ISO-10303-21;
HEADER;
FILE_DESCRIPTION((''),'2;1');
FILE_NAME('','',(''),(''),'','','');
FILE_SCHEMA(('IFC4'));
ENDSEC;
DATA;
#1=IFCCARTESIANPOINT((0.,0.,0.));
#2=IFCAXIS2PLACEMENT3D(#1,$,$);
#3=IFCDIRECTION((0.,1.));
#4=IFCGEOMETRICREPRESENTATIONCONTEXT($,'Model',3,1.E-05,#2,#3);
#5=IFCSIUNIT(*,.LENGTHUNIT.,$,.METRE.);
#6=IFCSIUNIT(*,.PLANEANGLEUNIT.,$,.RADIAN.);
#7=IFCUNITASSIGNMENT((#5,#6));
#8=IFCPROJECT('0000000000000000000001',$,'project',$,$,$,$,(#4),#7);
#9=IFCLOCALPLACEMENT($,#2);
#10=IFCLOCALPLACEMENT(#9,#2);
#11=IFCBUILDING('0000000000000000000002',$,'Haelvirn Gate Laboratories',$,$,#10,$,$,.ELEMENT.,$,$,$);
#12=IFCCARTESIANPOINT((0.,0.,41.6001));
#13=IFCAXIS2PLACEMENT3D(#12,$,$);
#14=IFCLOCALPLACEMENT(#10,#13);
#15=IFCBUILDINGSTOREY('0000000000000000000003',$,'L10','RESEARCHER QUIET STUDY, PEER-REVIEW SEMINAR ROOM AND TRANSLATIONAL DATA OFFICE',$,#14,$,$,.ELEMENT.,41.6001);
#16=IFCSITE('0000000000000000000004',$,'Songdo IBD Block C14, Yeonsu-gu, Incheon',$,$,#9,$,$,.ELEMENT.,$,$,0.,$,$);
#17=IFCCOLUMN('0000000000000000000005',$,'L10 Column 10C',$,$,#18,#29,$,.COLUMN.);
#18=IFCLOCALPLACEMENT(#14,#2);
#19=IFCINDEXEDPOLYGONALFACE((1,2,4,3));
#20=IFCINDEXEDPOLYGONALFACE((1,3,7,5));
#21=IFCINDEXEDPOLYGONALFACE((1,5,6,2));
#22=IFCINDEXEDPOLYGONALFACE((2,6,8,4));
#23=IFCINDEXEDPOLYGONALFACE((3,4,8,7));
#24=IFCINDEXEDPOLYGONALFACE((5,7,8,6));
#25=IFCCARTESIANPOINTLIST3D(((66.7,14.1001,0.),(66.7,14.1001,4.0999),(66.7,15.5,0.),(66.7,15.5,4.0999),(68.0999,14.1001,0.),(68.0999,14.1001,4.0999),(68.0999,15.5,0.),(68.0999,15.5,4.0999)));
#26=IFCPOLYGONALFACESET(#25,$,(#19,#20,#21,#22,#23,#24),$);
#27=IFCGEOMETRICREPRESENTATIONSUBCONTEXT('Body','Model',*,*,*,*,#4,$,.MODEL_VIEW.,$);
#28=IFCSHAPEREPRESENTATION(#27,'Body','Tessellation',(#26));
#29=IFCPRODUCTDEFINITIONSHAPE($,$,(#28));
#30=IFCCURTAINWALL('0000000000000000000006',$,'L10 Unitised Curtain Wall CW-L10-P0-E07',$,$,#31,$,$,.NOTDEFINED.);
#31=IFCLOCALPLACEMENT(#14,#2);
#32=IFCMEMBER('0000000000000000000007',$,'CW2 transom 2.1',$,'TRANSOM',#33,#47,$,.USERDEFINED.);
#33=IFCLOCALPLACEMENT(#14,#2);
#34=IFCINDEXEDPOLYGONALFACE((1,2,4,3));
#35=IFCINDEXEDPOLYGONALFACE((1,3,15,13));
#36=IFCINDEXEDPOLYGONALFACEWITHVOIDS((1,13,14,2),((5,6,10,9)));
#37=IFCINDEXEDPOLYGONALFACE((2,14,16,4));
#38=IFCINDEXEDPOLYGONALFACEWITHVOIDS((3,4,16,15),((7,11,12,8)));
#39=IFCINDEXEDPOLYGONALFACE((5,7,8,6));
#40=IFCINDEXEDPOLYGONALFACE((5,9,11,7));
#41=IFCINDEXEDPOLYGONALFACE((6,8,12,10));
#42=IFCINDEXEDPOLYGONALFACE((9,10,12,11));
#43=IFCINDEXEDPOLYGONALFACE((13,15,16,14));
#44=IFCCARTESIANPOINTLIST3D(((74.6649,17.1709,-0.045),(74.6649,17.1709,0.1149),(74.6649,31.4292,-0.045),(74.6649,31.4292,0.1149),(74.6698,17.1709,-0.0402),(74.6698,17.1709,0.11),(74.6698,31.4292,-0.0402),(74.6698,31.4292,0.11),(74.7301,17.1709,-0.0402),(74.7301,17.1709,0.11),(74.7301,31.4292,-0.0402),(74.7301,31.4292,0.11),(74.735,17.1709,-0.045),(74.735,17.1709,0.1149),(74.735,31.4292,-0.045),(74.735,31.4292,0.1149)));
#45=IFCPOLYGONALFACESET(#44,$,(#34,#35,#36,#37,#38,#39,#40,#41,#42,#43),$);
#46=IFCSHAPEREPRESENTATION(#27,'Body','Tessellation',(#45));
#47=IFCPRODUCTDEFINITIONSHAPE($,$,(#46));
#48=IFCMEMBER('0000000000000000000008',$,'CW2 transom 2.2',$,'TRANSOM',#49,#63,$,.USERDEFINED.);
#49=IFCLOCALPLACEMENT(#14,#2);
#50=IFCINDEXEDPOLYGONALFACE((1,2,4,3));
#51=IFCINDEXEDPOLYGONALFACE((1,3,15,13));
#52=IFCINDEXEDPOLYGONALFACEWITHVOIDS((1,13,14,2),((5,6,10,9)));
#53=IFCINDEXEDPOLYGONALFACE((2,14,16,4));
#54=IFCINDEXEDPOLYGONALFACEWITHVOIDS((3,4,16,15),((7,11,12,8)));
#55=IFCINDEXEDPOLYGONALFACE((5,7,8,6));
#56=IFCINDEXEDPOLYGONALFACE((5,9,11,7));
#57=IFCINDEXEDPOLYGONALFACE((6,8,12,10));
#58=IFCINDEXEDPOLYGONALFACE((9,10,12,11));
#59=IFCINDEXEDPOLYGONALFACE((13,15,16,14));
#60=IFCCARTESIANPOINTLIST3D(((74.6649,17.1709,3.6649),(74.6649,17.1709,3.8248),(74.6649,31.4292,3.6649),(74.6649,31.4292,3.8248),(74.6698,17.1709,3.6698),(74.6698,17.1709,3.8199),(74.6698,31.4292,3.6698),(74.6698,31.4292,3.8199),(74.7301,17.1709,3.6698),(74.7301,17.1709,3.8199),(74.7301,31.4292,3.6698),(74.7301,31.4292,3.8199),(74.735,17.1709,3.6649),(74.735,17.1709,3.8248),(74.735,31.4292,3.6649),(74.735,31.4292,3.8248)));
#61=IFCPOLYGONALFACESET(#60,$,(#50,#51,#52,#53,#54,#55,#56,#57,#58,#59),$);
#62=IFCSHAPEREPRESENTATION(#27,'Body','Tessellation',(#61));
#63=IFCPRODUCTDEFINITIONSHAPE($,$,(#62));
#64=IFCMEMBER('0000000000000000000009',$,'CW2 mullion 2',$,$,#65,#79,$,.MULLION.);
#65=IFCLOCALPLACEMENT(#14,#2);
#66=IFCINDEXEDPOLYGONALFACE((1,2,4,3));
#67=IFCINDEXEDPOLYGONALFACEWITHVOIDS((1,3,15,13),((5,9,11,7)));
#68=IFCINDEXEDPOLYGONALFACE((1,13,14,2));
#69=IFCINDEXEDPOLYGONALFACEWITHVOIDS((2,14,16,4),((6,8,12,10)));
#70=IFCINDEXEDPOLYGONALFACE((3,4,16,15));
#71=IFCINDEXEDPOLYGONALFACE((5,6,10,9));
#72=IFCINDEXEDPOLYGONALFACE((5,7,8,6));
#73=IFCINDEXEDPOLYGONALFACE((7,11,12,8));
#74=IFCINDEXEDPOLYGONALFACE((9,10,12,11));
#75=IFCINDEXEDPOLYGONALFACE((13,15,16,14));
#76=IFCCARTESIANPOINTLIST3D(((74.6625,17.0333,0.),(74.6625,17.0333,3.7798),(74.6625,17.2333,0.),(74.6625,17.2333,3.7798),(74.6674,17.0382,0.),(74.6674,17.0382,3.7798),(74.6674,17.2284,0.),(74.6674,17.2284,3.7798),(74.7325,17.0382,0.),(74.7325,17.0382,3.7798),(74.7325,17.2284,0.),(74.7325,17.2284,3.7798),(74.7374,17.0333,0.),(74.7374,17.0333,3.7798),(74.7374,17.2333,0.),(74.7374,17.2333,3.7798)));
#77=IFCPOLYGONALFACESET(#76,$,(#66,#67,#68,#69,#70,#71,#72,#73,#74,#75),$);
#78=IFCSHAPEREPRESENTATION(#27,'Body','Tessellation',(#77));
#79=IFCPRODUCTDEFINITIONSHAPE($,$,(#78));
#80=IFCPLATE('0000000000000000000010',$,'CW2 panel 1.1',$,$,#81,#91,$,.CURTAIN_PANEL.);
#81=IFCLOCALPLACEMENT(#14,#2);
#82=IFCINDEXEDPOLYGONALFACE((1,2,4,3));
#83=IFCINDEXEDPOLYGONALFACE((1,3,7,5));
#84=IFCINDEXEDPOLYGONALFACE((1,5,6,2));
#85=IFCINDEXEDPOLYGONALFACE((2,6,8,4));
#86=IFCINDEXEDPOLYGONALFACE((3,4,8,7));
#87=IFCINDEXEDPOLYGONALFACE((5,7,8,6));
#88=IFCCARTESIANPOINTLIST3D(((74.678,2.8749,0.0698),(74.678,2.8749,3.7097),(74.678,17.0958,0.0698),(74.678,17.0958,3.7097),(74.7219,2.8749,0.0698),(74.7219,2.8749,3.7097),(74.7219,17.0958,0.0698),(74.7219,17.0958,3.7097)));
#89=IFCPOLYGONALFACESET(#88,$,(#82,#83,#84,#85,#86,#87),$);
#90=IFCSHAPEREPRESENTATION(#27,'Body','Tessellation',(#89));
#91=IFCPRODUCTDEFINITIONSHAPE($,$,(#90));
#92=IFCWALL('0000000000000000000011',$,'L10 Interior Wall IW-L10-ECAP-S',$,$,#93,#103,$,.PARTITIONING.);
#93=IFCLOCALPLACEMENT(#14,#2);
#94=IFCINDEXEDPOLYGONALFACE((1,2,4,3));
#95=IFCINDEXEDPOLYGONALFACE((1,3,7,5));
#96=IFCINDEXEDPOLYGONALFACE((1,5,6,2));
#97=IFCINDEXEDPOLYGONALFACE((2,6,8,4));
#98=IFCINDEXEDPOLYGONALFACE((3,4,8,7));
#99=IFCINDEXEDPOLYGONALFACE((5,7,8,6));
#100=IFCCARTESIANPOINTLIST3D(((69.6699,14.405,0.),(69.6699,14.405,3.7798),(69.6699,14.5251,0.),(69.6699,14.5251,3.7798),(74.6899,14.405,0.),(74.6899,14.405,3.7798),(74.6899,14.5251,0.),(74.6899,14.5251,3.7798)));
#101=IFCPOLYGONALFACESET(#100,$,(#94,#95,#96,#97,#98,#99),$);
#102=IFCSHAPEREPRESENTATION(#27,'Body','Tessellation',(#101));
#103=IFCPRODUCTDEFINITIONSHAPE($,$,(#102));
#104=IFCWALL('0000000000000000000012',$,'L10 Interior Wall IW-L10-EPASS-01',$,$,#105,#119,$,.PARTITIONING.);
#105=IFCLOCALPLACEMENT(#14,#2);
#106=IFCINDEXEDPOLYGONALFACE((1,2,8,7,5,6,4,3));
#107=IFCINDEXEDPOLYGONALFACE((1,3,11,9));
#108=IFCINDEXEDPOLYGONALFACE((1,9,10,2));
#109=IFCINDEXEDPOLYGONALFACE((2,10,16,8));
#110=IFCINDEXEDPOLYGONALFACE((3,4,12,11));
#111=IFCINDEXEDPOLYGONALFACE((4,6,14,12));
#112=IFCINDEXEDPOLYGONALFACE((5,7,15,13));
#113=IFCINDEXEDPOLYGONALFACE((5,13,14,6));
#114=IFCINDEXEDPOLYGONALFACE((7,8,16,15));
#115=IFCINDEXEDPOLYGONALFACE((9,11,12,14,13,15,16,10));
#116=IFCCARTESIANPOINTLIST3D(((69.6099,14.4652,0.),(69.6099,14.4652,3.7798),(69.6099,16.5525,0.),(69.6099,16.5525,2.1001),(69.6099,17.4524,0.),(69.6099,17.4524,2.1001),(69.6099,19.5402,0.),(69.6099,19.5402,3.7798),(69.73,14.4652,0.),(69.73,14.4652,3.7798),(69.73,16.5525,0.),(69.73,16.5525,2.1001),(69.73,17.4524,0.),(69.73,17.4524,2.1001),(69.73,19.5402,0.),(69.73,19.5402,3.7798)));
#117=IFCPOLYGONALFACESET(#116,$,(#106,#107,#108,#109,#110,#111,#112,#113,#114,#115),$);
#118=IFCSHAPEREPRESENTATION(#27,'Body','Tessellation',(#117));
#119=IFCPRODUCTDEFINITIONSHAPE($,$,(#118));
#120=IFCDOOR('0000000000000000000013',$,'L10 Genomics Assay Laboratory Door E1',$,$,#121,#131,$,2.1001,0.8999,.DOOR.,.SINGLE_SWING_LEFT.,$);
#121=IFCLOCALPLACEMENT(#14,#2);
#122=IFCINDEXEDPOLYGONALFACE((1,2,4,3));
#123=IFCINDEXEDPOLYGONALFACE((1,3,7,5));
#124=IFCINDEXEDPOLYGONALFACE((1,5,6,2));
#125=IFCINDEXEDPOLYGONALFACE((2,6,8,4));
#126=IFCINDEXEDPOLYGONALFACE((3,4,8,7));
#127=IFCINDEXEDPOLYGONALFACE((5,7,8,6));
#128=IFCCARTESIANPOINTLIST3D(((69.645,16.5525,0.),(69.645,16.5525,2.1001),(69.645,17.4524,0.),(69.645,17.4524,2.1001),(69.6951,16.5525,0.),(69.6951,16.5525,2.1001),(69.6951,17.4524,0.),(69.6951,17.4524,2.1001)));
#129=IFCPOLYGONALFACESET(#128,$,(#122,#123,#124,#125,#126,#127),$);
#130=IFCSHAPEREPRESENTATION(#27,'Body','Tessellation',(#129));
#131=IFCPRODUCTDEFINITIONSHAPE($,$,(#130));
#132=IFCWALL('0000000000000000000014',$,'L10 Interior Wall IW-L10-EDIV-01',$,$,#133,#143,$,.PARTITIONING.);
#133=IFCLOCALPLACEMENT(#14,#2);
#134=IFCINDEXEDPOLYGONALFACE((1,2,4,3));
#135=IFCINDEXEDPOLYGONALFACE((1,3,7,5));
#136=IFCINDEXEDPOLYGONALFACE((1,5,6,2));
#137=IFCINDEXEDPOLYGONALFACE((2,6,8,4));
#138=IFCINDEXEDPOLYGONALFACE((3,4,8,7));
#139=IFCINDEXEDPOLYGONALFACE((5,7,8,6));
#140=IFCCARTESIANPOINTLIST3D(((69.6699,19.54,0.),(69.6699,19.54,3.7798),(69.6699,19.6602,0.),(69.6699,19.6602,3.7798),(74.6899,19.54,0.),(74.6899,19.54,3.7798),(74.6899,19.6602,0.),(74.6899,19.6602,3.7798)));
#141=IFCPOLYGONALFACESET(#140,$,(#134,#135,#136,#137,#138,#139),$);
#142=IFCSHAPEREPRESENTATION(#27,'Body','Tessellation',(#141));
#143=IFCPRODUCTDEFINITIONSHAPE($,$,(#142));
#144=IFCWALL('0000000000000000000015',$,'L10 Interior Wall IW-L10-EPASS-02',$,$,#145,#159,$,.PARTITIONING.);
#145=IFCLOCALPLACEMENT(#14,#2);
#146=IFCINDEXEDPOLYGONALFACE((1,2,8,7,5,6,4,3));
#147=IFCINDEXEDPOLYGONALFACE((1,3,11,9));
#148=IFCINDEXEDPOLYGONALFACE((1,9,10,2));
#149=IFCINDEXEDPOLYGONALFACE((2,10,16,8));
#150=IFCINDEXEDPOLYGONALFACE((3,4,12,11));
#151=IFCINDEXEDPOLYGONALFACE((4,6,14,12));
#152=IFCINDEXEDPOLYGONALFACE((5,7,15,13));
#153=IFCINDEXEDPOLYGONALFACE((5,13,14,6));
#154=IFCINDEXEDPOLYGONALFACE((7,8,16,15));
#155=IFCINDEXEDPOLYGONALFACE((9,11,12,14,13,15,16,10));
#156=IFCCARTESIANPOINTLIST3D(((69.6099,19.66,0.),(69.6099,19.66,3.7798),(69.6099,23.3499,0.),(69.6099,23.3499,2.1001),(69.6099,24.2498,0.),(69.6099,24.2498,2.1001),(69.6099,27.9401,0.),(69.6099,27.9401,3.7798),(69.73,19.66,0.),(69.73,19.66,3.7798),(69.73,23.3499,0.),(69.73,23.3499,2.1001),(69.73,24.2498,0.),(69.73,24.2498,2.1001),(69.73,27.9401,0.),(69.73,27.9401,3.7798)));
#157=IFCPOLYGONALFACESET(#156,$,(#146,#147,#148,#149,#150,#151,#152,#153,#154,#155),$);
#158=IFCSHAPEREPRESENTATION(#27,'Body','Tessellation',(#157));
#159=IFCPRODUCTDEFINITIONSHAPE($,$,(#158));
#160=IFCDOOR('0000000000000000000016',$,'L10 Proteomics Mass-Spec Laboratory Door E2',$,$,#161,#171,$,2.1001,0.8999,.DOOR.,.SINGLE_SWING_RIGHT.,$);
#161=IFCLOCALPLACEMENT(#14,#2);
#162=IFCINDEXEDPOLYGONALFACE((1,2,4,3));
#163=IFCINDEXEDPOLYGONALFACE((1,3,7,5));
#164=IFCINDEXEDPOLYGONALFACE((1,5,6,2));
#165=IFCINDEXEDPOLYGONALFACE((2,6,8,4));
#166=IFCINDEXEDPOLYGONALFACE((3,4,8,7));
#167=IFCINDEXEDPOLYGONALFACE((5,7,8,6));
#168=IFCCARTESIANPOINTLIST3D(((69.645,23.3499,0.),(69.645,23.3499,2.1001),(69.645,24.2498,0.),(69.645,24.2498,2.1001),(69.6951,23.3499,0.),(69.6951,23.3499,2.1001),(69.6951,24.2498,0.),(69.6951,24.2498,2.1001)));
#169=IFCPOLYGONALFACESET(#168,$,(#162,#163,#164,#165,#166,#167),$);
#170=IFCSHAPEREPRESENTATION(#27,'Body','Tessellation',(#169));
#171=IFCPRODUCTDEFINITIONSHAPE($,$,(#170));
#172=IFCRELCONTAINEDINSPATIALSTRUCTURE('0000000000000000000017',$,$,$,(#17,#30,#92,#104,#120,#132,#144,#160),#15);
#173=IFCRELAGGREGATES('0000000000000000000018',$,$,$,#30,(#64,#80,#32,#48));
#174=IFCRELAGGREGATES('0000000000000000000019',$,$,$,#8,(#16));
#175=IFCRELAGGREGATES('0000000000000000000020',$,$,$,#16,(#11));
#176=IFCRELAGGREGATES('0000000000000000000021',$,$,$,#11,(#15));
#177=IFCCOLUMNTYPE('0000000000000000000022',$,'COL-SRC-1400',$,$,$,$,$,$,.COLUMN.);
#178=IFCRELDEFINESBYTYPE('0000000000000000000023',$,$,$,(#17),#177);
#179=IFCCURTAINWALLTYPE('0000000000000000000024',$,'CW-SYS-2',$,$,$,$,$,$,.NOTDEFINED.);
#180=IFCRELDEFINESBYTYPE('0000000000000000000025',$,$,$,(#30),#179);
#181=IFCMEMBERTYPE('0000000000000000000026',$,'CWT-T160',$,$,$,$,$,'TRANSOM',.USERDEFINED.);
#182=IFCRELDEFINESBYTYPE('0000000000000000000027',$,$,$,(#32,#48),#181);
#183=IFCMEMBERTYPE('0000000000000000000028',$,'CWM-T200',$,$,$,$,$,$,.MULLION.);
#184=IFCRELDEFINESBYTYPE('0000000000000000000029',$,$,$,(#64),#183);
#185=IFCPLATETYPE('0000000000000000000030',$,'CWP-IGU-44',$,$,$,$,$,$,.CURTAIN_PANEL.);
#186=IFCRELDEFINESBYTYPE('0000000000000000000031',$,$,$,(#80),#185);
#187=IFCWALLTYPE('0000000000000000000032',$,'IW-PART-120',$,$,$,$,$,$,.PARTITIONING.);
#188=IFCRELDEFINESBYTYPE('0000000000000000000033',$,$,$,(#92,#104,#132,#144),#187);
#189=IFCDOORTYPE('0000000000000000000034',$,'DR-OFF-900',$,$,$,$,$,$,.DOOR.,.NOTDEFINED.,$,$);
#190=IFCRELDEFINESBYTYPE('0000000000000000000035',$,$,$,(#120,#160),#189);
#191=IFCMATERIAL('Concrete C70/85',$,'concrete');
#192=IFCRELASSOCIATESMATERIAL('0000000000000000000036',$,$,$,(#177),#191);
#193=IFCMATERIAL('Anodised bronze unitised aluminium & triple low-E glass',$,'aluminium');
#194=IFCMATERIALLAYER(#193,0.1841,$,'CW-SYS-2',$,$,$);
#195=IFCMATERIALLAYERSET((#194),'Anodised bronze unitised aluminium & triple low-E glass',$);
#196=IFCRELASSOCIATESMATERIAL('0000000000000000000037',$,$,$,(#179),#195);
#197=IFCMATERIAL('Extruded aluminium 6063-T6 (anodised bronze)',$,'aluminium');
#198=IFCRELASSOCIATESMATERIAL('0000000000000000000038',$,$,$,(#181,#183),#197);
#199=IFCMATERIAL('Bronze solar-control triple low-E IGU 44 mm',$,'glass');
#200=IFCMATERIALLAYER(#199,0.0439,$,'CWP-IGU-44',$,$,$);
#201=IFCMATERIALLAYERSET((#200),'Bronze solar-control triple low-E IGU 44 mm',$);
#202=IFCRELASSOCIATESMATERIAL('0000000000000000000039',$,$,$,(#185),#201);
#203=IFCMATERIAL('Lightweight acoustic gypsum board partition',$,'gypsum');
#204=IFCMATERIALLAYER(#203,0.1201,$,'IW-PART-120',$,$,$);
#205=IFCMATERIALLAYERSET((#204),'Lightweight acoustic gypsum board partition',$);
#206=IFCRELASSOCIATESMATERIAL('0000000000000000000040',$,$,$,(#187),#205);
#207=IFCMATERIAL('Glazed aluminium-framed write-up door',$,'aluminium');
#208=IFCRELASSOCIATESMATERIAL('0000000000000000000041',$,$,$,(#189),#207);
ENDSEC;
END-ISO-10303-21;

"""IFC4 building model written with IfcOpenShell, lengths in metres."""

from ifc_helpers import new_model, si_unit, direction, frame, frame_2d, origin, origin_2d, place, context, subcontext, project, spatial, rectangle, hollow_rectangle, extrude, source, transform, mapped, material, layer, layer_set, material_profile, profile_set, type_object, type_shapes, element, fill, aggregate, save


model = new_model("IFC4")

# Units and contexts
model_context = context("Model", 3, precision=1e-05, world=origin(), true_north=direction((0.0, 1.0)))
body_context = subcontext(model_context, "Body", "Model", "MODEL_VIEW")
ifc_project = project(units=[si_unit("LENGTHUNIT", "METRE"), si_unit("PLANEANGLEUNIT", "RADIAN")], contexts=[model_context])

# Site, building, storey
site_placement = place(None, origin())
site = spatial("IfcSite", under=ifc_project, at=site_placement, Name="Songdo IBD Block C14, Yeonsu-gu, Incheon", CompositionType="ELEMENT", RefElevation=0.0)
building_placement = place(site_placement, origin())
building = spatial("IfcBuilding", under=site, at=building_placement, Name="Haelvirn Gate Laboratories", CompositionType="ELEMENT")
storey_placement = place(building_placement, frame((0.0, 0.0, 41.6001)))
storey = spatial("IfcBuildingStorey", under=building, at=storey_placement, Name="L10", Description="RESEARCHER QUIET STUDY, PEER-REVIEW SEMINAR ROOM AND TRANSLATIONAL DATA OFFICE", CompositionType="ELEMENT", Elevation=41.6001)

# Column
ifc_material_1 = material(Name="Concrete C70/85", Category="concrete")
ifc_material_profile_1 = material_profile(ifc_material_1, rectangle(XDim=1.3999, YDim=1.3999, at=origin_2d()), Name="SRC-1400x1400")
ifc_profile_set_1 = profile_set([ifc_material_profile_1], Name="Concrete C70/85")
column_type = type_object("IfcColumnType", Name="COL-SRC-1400", PredefinedType="COLUMN", material=ifc_profile_set_1)
shared_shape_1 = source(origin(), body_context, "Body", "SweptSolid", [
    extrude(rectangle(XDim=1.3999, YDim=1.3999, at=origin_2d()), origin(), (0.0, 0.0, 1.0), 4.0999),
])
type_shapes(column_type, [shared_shape_1])
column_placement = place(storey_placement, frame((67.3999, 14.8, 0.0), z_axis=(0.0, 0.0, 1.0), x_axis=(1.0, 0.0, 0.0)))
element("IfcColumn", 1, at=column_placement, inside=storey, type_object=column_type, Name="L10 Column 10C", PredefinedType="COLUMN", context=body_context, shape_type="MappedRepresentation", body=[
    mapped(shared_shape_1, transform((0.0, 0.0, 0.0), scale=1.0)),
])

# Curtain wall, members, plate
ifc_material_2 = material(Name="Anodised bronze unitised aluminium & triple low-E glass", Category="aluminium")
ifc_layer_1 = layer(ifc_material_2, 0.1841, Name="CW-SYS-2")
ifc_layer_set_1 = layer_set([ifc_layer_1], Name="Anodised bronze unitised aluminium & triple low-E glass")
curtain_wall_type = type_object("IfcCurtainWallType", Name="CW-SYS-2", PredefinedType="NOTDEFINED", material=ifc_layer_set_1)
curtain_wall_placement = place(storey_placement, origin())
curtain_wall = element("IfcCurtainWall", 2, at=curtain_wall_placement, inside=storey, type_object=curtain_wall_type, Name="L10 Unitised Curtain Wall CW-L10-P0-E07", PredefinedType="NOTDEFINED")
ifc_material_3 = material(Name="Extruded aluminium 6063-T6 (anodised bronze)", Category="aluminium")
ifc_material_profile_2 = material_profile(ifc_material_3, hollow_rectangle(XDim=0.0701, YDim=0.1599, WallThickness=0.0049, at=origin_2d()), Name="CWT-160x70x5")
ifc_profile_set_2 = profile_set([ifc_material_profile_2], Name="Extruded aluminium 6063-T6 (anodised bronze)")
member_type_1 = type_object("IfcMemberType", Name="CWT-T160", ElementType="TRANSOM", PredefinedType="USERDEFINED", material=ifc_profile_set_2)
shared_shape_2 = source(origin(), body_context, "Body", "SweptSolid", [
    extrude(hollow_rectangle(XDim=0.0701, YDim=0.1599, WallThickness=0.0049, at=origin_2d()), origin(), (0.0, 0.0, 1.0), 14.2583),
])
type_shapes(member_type_1, [shared_shape_2])
member_1_placement = place(storey_placement, frame((74.7, 17.1709, 0.0349), z_axis=(0.0, 1.0, 0.0), x_axis=(-1.0, 0.0, 0.0)))
member_1 = element("IfcMember", 3, at=member_1_placement, type_object=member_type_1, Name="CW2 transom 2.1", ObjectType="TRANSOM", PredefinedType="USERDEFINED", context=body_context, shape_type="MappedRepresentation", body=[
    mapped(shared_shape_2, transform((0.0, 0.0, 0.0), scale=1.0)),
])
member_2_placement = place(storey_placement, frame((74.7, 17.1709, 3.7449), z_axis=(0.0, 1.0, 0.0), x_axis=(-1.0, 0.0, 0.0)))
member_2 = element("IfcMember", 4, at=member_2_placement, type_object=member_type_1, Name="CW2 transom 2.2", ObjectType="TRANSOM", PredefinedType="USERDEFINED", context=body_context, shape_type="MappedRepresentation", body=[
    mapped(shared_shape_2, transform((0.0, 0.0, 0.0), scale=1.0)),
])
ifc_material_profile_3 = material_profile(ifc_material_3, hollow_rectangle(XDim=0.075, YDim=0.2, WallThickness=0.0049, at=origin_2d()), Name="CWM-200x75x5")
ifc_profile_set_3 = profile_set([ifc_material_profile_3], Name="Extruded aluminium 6063-T6 (anodised bronze)")
member_type_2 = type_object("IfcMemberType", Name="CWM-T200", PredefinedType="MULLION", material=ifc_profile_set_3)
shared_shape_3 = source(origin(), body_context, "Body", "SweptSolid", [
    extrude(hollow_rectangle(XDim=0.075, YDim=0.2, WallThickness=0.0049, at=origin_2d()), origin(), (0.0, 0.0, 1.0), 3.7798),
])
type_shapes(member_type_2, [shared_shape_3])
member_3_placement = place(storey_placement, frame((74.7, 17.1333, 0.0), z_axis=(0.0, 0.0, 1.0), x_axis=(-1.0, 0.0, 0.0)))
member_3 = element("IfcMember", 5, at=member_3_placement, type_object=member_type_2, Name="CW2 mullion 2", PredefinedType="MULLION", context=body_context, shape_type="MappedRepresentation", body=[
    mapped(shared_shape_3, transform((0.0, 0.0, 0.0), scale=1.0)),
])
ifc_material_4 = material(Name="Bronze solar-control triple low-E IGU 44 mm", Category="glass")
ifc_layer_2 = layer(ifc_material_4, 0.0439, Name="CWP-IGU-44")
ifc_layer_set_2 = layer_set([ifc_layer_2], Name="Bronze solar-control triple low-E IGU 44 mm")
plate_type = type_object("IfcPlateType", Name="CWP-IGU-44", PredefinedType="CURTAIN_PANEL", material=ifc_layer_set_2)
shared_shape_4 = source(origin(), body_context, "Body", "SweptSolid", [
    extrude(rectangle(XDim=14.2209, YDim=0.0439, at=origin_2d()), origin(), (0.0, 0.0, 1.0), 3.6399),
])
type_shapes(plate_type, [shared_shape_4])
plate_placement = place(storey_placement, frame((74.7, 9.9854, 0.0698), z_axis=(0.0, 0.0, 1.0), x_axis=(0.0, 1.0, 0.0)))
plate = element("IfcPlate", 6, at=plate_placement, type_object=plate_type, Name="CW2 panel 1.1", PredefinedType="CURTAIN_PANEL", context=body_context, shape_type="MappedRepresentation", body=[
    mapped(shared_shape_4, transform((0.0, 0.0, 0.0), scale=1.0)),
])
aggregate(curtain_wall, [member_3, plate, member_1, member_2])

# Wall
ifc_material_5 = material(Name="Lightweight acoustic gypsum board partition", Category="gypsum")
ifc_layer_3 = layer(ifc_material_5, 0.1201, Name="IW-PART-120")
ifc_layer_set_3 = layer_set([ifc_layer_3], Name="Lightweight acoustic gypsum board partition")
wall_type_1 = type_object("IfcWallType", Name="IW-PART-120", PredefinedType="PARTITIONING", material=ifc_layer_set_3)
wall_1_placement = place(storey_placement, frame((69.6699, 14.4651, 0.0), z_axis=(0.0, 0.0, 1.0), x_axis=(1.0, 0.0, 0.0)))
element("IfcWall", 7, at=wall_1_placement, inside=storey, type_object=wall_type_1, Name="L10 Interior Wall IW-L10-ECAP-S", PredefinedType="PARTITIONING", context=body_context, shape_type="SweptSolid", body=[
    extrude(rectangle(XDim=5.02, YDim=0.1201, at=frame_2d((2.51, 0.0))), origin(), (0.0, 0.0, 1.0), 3.7798),
])

# Wall, opening, door
wall_2_placement = place(storey_placement, frame((69.6699, 14.4651, 0.0), z_axis=(0.0, 0.0, 1.0), x_axis=(0.0, 1.0, 0.0)))
wall_2 = element("IfcWall", 8, at=wall_2_placement, inside=storey, type_object=wall_type_1, Name="L10 Interior Wall IW-L10-EPASS-01", PredefinedType="PARTITIONING", context=body_context, shape_type="SweptSolid", body=[
    extrude(rectangle(XDim=5.075, YDim=0.1201, at=frame_2d((2.5376, 0.0))), origin(), (0.0, 0.0, 1.0), 3.7798),
])
opening_1_placement = place(wall_2_placement, frame((2.0874, 0.0, 0.0)))
opening_1 = element("IfcOpeningElement", 9, at=opening_1_placement, cuts=wall_2, PredefinedType="OPENING", context=body_context, shape_type="SweptSolid", body=[
    extrude(rectangle(XDim=0.8999, YDim=2.1001, at=frame_2d((0.45, 1.05))), frame((0.0, 0.0701, 0.0), z_axis=(0.0, -1.0, 0.0), x_axis=(1.0, 0.0, 0.0)), (0.0, 0.0, 1.0), 0.1401),
])
ifc_material_6 = material(Name="Glazed aluminium-framed write-up door", Category="aluminium")
door_type_1 = type_object("IfcDoorType", Name="DR-OFF-900", OperationType="NOTDEFINED", PredefinedType="DOOR", material=ifc_material_6)
shared_shape_5 = source(origin(), body_context, "Body", "SweptSolid", [
    extrude(rectangle(XDim=0.8999, YDim=2.1001, at=frame_2d((0.45, 1.05))), frame((0.0, 0.0249, 0.0), z_axis=(0.0, -1.0, 0.0), x_axis=(1.0, 0.0, 0.0)), (0.0, 0.0, 1.0), 0.05),
])
type_shapes(door_type_1, [shared_shape_5])
door_1_placement = place(opening_1_placement, origin())
door_1 = element("IfcDoor", 10, at=door_1_placement, inside=storey, type_object=door_type_1, Name="L10 Genomics Assay Laboratory Door E1", OperationType="SINGLE_SWING_LEFT", OverallHeight=2.1001, OverallWidth=0.8999, PredefinedType="DOOR", context=body_context, shape_type="MappedRepresentation", body=[
    mapped(shared_shape_5, transform((0.0, 0.0, 0.0), scale=1.0)),
])
fill(opening_1, door_1)

# Wall
wall_3_placement = place(storey_placement, frame((69.6699, 19.6001, 0.0), z_axis=(0.0, 0.0, 1.0), x_axis=(1.0, 0.0, 0.0)))
element("IfcWall", 11, at=wall_3_placement, inside=storey, type_object=wall_type_1, Name="L10 Interior Wall IW-L10-EDIV-01", PredefinedType="PARTITIONING", context=body_context, shape_type="SweptSolid", body=[
    extrude(rectangle(XDim=5.02, YDim=0.1201, at=frame_2d((2.51, 0.0))), origin(), (0.0, 0.0, 1.0), 3.7798),
])

# Wall, opening, door
wall_4_placement = place(storey_placement, frame((69.6699, 19.6599, 0.0), z_axis=(0.0, 0.0, 1.0), x_axis=(0.0, 1.0, 0.0)))
wall_4 = element("IfcWall", 12, at=wall_4_placement, inside=storey, type_object=wall_type_1, Name="L10 Interior Wall IW-L10-EPASS-02", PredefinedType="PARTITIONING", context=body_context, shape_type="SweptSolid", body=[
    extrude(rectangle(XDim=8.28, YDim=0.1201, at=frame_2d((4.1401, 0.0))), origin(), (0.0, 0.0, 1.0), 3.7798),
])
opening_2_placement = place(wall_4_placement, frame((3.6899, 0.0, 0.0)))
opening_2 = element("IfcOpeningElement", 13, at=opening_2_placement, cuts=wall_4, PredefinedType="OPENING", context=body_context, shape_type="SweptSolid", body=[
    extrude(rectangle(XDim=0.8999, YDim=2.1001, at=frame_2d((0.45, 1.05))), frame((0.0, 0.0701, 0.0), z_axis=(0.0, -1.0, 0.0), x_axis=(1.0, 0.0, 0.0)), (0.0, 0.0, 1.0), 0.1401),
])
door_2_placement = place(opening_2_placement, origin())
door_2 = element("IfcDoor", 14, at=door_2_placement, inside=storey, type_object=door_type_1, Name="L10 Proteomics Mass-Spec Laboratory Door E2", OperationType="SINGLE_SWING_RIGHT", OverallHeight=2.1001, OverallWidth=0.8999, PredefinedType="DOOR", context=body_context, shape_type="MappedRepresentation", body=[
    mapped(shared_shape_5, transform((0.0, 0.0, 0.0), scale=1.0)),
])
fill(opening_2, door_2)

save(model, "model.ifc")
